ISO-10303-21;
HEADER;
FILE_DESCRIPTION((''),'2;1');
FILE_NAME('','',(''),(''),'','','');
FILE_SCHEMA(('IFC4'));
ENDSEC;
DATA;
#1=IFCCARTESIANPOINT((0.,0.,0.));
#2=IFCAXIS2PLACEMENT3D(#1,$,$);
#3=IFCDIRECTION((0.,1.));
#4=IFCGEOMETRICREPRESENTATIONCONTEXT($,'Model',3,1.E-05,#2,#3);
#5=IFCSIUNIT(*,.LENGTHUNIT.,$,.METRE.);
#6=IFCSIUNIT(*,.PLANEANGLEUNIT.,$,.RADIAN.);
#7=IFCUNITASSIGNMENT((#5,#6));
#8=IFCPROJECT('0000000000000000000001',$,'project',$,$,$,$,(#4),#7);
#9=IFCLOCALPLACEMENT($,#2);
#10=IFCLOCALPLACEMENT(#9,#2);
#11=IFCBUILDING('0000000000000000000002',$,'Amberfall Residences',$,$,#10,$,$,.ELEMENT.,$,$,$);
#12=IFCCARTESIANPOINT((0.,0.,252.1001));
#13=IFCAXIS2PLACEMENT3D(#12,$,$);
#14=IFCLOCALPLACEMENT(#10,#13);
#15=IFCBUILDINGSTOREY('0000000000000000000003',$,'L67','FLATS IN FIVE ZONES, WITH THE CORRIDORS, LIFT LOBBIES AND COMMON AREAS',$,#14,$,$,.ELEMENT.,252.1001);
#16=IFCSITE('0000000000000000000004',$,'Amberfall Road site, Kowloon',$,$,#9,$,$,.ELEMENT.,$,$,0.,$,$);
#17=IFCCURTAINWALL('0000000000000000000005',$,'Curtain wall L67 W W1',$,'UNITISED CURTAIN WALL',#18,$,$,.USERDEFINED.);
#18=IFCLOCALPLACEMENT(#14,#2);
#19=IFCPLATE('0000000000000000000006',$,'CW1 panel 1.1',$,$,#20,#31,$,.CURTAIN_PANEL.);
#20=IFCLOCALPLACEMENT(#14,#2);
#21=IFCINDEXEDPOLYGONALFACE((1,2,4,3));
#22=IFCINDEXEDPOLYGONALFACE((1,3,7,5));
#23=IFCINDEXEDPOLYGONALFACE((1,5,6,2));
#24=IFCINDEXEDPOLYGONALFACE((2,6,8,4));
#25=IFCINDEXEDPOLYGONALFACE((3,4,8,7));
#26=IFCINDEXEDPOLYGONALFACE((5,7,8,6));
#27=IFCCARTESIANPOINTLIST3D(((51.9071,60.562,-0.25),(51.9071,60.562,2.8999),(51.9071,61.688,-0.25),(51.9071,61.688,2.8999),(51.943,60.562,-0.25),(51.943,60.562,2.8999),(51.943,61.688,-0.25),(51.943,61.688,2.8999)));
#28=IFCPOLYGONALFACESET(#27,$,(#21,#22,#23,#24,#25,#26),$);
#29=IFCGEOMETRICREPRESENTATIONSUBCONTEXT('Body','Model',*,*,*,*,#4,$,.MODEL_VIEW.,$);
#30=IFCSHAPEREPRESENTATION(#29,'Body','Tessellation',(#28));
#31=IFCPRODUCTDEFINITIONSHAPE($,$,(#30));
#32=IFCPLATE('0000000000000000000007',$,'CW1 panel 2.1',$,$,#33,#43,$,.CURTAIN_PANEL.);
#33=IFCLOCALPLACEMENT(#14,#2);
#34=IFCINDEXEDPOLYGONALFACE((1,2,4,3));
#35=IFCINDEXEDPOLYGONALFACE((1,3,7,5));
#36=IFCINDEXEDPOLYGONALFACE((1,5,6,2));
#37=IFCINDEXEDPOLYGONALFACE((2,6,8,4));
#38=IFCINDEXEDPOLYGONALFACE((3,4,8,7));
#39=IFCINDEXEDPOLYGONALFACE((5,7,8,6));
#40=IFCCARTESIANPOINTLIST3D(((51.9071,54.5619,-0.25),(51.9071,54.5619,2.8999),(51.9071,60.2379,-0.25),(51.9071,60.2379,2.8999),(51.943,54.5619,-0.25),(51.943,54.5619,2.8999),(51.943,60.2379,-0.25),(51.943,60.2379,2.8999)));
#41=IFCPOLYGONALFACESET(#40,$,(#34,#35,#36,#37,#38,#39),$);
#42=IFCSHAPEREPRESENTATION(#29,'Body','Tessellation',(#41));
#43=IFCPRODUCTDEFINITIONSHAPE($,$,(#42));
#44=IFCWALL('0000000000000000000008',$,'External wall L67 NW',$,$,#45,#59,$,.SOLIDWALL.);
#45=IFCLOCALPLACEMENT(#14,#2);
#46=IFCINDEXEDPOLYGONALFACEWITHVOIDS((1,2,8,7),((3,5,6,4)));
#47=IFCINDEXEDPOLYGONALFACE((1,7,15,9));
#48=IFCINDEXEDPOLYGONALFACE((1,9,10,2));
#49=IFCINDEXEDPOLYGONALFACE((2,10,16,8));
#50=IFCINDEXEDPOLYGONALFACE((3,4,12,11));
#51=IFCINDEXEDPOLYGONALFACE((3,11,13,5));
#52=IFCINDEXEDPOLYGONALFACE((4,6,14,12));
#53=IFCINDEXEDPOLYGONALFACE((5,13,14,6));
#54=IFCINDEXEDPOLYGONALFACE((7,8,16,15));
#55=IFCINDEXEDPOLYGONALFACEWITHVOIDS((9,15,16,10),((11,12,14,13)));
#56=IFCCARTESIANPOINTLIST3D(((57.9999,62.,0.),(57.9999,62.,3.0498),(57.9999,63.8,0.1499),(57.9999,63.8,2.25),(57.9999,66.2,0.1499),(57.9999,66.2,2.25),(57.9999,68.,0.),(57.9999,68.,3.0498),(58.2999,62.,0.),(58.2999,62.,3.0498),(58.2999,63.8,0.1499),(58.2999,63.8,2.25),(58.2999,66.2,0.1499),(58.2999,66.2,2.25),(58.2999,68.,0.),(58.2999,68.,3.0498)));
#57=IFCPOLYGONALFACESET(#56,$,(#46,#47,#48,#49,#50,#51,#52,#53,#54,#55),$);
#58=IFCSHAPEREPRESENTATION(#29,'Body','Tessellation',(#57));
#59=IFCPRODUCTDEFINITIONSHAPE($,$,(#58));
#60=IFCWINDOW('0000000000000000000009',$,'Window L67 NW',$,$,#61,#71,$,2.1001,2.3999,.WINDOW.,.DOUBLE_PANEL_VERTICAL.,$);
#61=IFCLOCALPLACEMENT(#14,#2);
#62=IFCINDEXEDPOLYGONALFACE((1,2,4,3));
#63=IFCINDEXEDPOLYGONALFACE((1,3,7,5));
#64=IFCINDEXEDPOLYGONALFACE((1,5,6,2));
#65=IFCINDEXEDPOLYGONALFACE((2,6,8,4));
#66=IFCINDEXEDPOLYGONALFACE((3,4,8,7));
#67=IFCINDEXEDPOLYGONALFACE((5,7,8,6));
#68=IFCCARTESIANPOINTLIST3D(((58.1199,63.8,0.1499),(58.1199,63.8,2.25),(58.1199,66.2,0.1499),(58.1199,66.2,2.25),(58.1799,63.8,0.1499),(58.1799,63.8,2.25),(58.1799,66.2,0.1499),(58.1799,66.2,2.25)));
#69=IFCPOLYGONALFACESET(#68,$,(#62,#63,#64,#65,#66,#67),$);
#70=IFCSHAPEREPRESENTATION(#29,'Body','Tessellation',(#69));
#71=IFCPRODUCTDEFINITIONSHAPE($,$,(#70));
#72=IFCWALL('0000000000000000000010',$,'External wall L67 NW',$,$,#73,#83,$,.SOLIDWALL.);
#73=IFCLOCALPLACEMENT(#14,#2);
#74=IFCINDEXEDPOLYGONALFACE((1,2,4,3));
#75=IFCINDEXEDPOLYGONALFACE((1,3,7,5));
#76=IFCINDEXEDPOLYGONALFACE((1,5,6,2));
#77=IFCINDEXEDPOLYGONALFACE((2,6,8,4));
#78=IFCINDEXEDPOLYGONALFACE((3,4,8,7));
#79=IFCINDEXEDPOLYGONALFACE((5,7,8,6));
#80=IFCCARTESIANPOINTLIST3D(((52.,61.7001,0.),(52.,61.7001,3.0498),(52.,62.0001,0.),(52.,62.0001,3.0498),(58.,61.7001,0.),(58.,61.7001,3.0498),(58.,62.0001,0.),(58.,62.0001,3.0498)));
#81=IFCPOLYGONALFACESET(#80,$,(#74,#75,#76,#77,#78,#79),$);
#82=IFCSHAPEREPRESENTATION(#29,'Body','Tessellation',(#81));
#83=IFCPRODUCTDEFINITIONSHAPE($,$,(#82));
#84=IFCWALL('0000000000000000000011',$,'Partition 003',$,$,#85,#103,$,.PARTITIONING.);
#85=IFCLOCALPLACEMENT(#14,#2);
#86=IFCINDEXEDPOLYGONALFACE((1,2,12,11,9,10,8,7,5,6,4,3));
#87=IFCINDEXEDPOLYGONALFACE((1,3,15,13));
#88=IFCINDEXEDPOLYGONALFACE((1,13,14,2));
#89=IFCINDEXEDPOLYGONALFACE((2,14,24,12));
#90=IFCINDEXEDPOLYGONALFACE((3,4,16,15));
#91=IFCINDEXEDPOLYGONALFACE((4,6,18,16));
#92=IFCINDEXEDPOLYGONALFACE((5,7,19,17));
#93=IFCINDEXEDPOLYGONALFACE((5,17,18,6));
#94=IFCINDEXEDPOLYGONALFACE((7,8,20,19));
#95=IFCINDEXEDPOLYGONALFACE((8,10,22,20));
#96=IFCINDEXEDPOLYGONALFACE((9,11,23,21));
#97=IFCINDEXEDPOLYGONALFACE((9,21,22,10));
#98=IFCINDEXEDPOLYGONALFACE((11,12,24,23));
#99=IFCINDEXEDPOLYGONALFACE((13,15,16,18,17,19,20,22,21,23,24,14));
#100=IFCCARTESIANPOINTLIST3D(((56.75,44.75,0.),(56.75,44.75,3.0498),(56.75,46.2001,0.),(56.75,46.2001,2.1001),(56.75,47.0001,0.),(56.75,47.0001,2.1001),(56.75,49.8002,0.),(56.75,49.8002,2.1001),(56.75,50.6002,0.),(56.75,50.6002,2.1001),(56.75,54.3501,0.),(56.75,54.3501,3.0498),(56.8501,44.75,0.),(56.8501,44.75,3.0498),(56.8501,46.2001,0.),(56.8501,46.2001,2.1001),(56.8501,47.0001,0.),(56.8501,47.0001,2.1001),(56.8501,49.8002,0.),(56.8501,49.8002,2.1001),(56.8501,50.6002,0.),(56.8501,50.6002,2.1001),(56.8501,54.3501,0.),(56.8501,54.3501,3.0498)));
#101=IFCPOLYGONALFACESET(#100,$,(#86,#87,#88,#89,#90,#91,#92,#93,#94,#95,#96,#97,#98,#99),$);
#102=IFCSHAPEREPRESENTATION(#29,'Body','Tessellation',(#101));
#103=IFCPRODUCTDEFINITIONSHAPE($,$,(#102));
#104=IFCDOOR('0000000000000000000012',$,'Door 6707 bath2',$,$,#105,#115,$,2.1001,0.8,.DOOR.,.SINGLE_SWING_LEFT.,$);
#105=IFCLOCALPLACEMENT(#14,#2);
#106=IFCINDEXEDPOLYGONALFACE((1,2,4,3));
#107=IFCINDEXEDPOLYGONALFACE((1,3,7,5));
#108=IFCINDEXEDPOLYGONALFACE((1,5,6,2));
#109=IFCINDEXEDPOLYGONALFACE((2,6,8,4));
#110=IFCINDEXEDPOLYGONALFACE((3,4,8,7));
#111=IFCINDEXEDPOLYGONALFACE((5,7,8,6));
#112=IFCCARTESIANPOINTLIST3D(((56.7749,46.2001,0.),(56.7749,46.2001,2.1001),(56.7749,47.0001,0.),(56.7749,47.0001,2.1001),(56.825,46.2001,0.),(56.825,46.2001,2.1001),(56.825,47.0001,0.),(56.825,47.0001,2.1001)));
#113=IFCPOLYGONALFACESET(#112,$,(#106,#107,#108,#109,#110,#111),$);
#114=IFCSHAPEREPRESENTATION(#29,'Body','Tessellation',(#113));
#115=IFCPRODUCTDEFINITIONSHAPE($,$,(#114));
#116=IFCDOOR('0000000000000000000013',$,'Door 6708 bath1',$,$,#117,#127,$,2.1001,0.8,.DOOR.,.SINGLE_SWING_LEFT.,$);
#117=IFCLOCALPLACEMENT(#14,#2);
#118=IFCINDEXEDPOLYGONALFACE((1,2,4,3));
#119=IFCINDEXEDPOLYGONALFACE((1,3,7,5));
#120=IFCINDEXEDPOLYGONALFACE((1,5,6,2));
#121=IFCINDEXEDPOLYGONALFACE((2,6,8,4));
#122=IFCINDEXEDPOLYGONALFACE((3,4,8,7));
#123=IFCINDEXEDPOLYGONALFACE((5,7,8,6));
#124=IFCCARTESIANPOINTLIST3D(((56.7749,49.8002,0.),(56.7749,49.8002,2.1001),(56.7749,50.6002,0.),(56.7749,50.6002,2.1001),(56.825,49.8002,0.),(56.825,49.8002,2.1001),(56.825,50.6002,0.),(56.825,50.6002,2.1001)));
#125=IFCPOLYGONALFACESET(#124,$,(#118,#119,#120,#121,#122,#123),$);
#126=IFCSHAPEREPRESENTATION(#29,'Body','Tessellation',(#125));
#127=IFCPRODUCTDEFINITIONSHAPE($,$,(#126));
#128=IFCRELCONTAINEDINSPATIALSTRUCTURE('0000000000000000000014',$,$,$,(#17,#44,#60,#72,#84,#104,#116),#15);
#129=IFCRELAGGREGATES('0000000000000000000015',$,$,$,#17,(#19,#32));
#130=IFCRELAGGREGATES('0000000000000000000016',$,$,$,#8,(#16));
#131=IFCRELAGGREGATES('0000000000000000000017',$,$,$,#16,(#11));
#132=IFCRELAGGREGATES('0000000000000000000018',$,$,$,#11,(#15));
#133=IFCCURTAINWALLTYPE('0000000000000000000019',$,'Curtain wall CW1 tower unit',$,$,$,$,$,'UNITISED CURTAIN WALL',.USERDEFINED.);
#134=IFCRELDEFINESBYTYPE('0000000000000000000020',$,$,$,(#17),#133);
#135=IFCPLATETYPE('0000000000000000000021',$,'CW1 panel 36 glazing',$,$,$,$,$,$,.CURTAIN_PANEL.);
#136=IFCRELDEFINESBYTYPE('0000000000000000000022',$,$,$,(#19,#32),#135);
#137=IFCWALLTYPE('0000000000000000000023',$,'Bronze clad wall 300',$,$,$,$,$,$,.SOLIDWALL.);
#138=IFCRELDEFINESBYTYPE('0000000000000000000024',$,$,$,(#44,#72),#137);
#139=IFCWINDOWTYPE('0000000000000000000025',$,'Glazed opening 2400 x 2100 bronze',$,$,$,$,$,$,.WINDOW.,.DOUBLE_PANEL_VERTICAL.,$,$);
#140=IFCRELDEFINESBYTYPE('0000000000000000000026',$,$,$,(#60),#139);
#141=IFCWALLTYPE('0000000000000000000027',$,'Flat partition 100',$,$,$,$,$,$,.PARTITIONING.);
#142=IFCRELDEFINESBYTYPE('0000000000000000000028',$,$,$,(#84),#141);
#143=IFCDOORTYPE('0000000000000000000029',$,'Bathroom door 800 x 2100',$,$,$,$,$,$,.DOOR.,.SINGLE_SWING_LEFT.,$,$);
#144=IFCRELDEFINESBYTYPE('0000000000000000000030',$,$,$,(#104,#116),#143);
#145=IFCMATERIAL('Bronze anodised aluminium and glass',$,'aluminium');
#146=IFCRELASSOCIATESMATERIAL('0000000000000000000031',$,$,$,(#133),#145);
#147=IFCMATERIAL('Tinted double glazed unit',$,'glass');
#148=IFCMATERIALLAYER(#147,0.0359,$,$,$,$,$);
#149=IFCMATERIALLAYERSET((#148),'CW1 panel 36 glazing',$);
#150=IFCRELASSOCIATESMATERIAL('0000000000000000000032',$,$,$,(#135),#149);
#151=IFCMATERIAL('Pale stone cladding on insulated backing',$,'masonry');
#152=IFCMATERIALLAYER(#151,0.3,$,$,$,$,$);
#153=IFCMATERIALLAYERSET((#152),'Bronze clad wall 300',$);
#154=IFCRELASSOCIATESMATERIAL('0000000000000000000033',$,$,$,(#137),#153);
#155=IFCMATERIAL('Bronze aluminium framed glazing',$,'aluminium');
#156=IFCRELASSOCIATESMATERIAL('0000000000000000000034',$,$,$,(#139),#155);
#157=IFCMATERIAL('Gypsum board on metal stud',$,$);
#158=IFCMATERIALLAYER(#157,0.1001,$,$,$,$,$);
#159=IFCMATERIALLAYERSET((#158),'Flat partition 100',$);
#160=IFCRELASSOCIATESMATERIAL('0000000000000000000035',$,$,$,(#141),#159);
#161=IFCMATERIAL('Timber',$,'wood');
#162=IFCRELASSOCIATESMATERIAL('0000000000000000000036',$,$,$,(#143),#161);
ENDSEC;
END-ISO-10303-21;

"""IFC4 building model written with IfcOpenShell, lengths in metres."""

from ifc_helpers import new_model, si_unit, direction, frame, frame_2d, origin, origin_2d, place, context, subcontext, project, spatial, rectangle, extrude, material, layer, layer_set, type_object, element, fill, aggregate, save


model = new_model("IFC4")

# Units and contexts
model_context = context("Model", 3, precision=1e-05, world=origin(), true_north=direction((0.0, 1.0)))
body_context = subcontext(model_context, "Body", "Model", "MODEL_VIEW")
ifc_project = project(units=[si_unit("LENGTHUNIT", "METRE"), si_unit("PLANEANGLEUNIT", "RADIAN")], contexts=[model_context])

# Site, building, storey
site_placement = place(None, origin())
site = spatial("IfcSite", under=ifc_project, at=site_placement, Name="Amberfall Road site, Kowloon", CompositionType="ELEMENT", RefElevation=0.0)
building_placement = place(site_placement, origin())
building = spatial("IfcBuilding", under=site, at=building_placement, Name="Amberfall Residences", CompositionType="ELEMENT")
storey_placement = place(building_placement, frame((0.0, 0.0, 252.1001)))
storey = spatial("IfcBuildingStorey", under=building, at=storey_placement, Name="L67", Description="FLATS IN FIVE ZONES, WITH THE CORRIDORS, LIFT LOBBIES AND COMMON AREAS", CompositionType="ELEMENT", Elevation=252.1001)

# Curtain wall
ifc_material_1 = material(Name="Bronze anodised aluminium and glass", Category="aluminium")
curtain_wall_type = type_object("IfcCurtainWallType", Name="Curtain wall CW1 tower unit", ElementType="UNITISED CURTAIN WALL", PredefinedType="USERDEFINED", material=ifc_material_1)
curtain_wall_1_placement = place(storey_placement, origin())
curtain_wall_1 = element("IfcCurtainWall", 1, at=curtain_wall_1_placement, inside=storey, type_object=curtain_wall_type, Name="Curtain wall L67 W W1", ObjectType="UNITISED CURTAIN WALL", PredefinedType="USERDEFINED")

# Plates
ifc_material_2 = material(Name="Tinted double glazed unit", Category="glass")
ifc_layer_1 = layer(ifc_material_2, 0.0359)
ifc_layer_set_1 = layer_set([ifc_layer_1], Name="CW1 panel 36 glazing")
plate_type = type_object("IfcPlateType", Name="CW1 panel 36 glazing", PredefinedType="CURTAIN_PANEL", material=ifc_layer_set_1)
plate_1_placement = place(storey_placement, frame((51.925, 61.125, -0.25), z_axis=(0.0, 0.0, 1.0), x_axis=(0.0, -1.0, 0.0)))
plate_1 = element("IfcPlate", 2, at=plate_1_placement, type_object=plate_type, Name="CW1 panel 1.1", PredefinedType="CURTAIN_PANEL", context=body_context, shape_type="SweptSolid", body=[
    extrude(rectangle(XDim=1.126, YDim=0.0359, at=origin_2d()), origin(), (0.0, 0.0, 1.0), 3.1499),
])
plate_2_placement = place(storey_placement, frame((51.925, 57.3999, -0.25), z_axis=(0.0, 0.0, 1.0), x_axis=(0.0, -1.0, 0.0)))
plate_2 = element("IfcPlate", 3, at=plate_2_placement, type_object=plate_type, Name="CW1 panel 2.1", PredefinedType="CURTAIN_PANEL", context=body_context, shape_type="SweptSolid", body=[
    extrude(rectangle(XDim=5.676, YDim=0.0359, at=origin_2d()), origin(), (0.0, 0.0, 1.0), 3.1499),
])
aggregate(curtain_wall_1, [plate_1, plate_2])

# Wall, opening, window
ifc_material_3 = material(Name="Pale stone cladding on insulated backing", Category="masonry")
ifc_layer_2 = layer(ifc_material_3, 0.3)
ifc_layer_set_2 = layer_set([ifc_layer_2], Name="Bronze clad wall 300")
wall_type_1 = type_object("IfcWallType", Name="Bronze clad wall 300", PredefinedType="SOLIDWALL", material=ifc_layer_set_2)
wall_1_placement = place(storey_placement, frame((58.1499, 68.0, 0.0), z_axis=(0.0, 0.0, 1.0), x_axis=(0.0, -1.0, 0.0)))
wall_1 = element("IfcWall", 4, at=wall_1_placement, inside=storey, type_object=wall_type_1, Name="External wall L67 NW", PredefinedType="SOLIDWALL", context=body_context, shape_type="SweptSolid", body=[
    extrude(rectangle(XDim=6.0, YDim=0.3, at=frame_2d((3.0, 0.0))), origin(), (0.0, 0.0, 1.0), 3.0498),
])
opening_1_placement = place(wall_1_placement, frame((1.8, 0.0, 0.1499)))
opening_1 = element("IfcOpeningElement", 5, at=opening_1_placement, cuts=wall_1, PredefinedType="OPENING", context=body_context, shape_type="SweptSolid", body=[
    extrude(rectangle(XDim=2.3999, YDim=2.1001, at=frame_2d((1.2, 1.05))), frame((0.0, 0.1599, 0.0), z_axis=(0.0, -1.0, 0.0), x_axis=(1.0, 0.0, 0.0)), (0.0, 0.0, 1.0), 0.3201),
])
ifc_material_4 = material(Name="Bronze aluminium framed glazing", Category="aluminium")
window_type = type_object("IfcWindowType", Name="Glazed opening 2400 x 2100 bronze", PartitioningType="DOUBLE_PANEL_VERTICAL", PredefinedType="WINDOW", material=ifc_material_4)
window_placement = place(opening_1_placement, origin())
window = element("IfcWindow", 6, at=window_placement, inside=storey, type_object=window_type, Name="Window L67 NW", OverallHeight=2.1001, OverallWidth=2.3999, PartitioningType="DOUBLE_PANEL_VERTICAL", PredefinedType="WINDOW", context=body_context, shape_type="SweptSolid", body=[
    extrude(rectangle(XDim=2.3999, YDim=2.1001, at=frame_2d((1.2, 1.05))), frame((0.0, 0.03, 0.0), z_axis=(0.0, -1.0, 0.0), x_axis=(1.0, 0.0, 0.0)), (0.0, 0.0, 1.0), 0.0601),
])
fill(opening_1, window)

# Wall
wall_2_placement = place(storey_placement, frame((58.0, 61.8501, 0.0), z_axis=(0.0, 0.0, 1.0), x_axis=(-1.0, 0.0, 0.0)))
element("IfcWall", 7, at=wall_2_placement, inside=storey, type_object=wall_type_1, Name="External wall L67 NW", PredefinedType="SOLIDWALL", context=body_context, shape_type="SweptSolid", body=[
    extrude(rectangle(XDim=6.0, YDim=0.3, at=frame_2d((3.0, 0.0))), origin(), (0.0, 0.0, 1.0), 3.0498),
])

# Wall, openings, doors
ifc_material_5 = material(Name="Gypsum board on metal stud")
ifc_layer_3 = layer(ifc_material_5, 0.1001)
ifc_layer_set_3 = layer_set([ifc_layer_3], Name="Flat partition 100")
wall_type_2 = type_object("IfcWallType", Name="Flat partition 100", PredefinedType="PARTITIONING", material=ifc_layer_set_3)
wall_3_placement = place(storey_placement, frame((56.8, 54.3501, 0.0), z_axis=(0.0, 0.0, 1.0), x_axis=(0.0, -1.0, 0.0)))
wall_3 = element("IfcWall", 8, at=wall_3_placement, inside=storey, type_object=wall_type_2, Name="Partition 003", PredefinedType="PARTITIONING", context=body_context, shape_type="SweptSolid", body=[
    extrude(rectangle(XDim=9.6001, YDim=0.1001, at=frame_2d((4.8, 0.0))), origin(), (0.0, 0.0, 1.0), 3.0498),
])
opening_2_placement = place(wall_3_placement, frame((7.3501, 0.0, 0.0)))
opening_2 = element("IfcOpeningElement", 9, at=opening_2_placement, cuts=wall_3, PredefinedType="OPENING", context=body_context, shape_type="SweptSolid", body=[
    extrude(rectangle(XDim=0.8, YDim=2.1001, at=frame_2d((0.3999, 1.05))), frame((0.0, 0.0601, 0.0), z_axis=(0.0, -1.0, 0.0), x_axis=(1.0, 0.0, 0.0)), (0.0, 0.0, 1.0), 0.1201),
])
opening_3_placement = place(wall_3_placement, frame((3.75, 0.0, 0.0)))
opening_3 = element("IfcOpeningElement", 10, at=opening_3_placement, cuts=wall_3, PredefinedType="OPENING", context=body_context, shape_type="SweptSolid", body=[
    extrude(rectangle(XDim=0.8, YDim=2.1001, at=frame_2d((0.3999, 1.05))), frame((0.0, 0.0601, 0.0), z_axis=(0.0, -1.0, 0.0), x_axis=(1.0, 0.0, 0.0)), (0.0, 0.0, 1.0), 0.1201),
])
ifc_material_6 = material(Name="Timber", Category="wood")
door_type = type_object("IfcDoorType", Name="Bathroom door 800 x 2100", OperationType="SINGLE_SWING_LEFT", PredefinedType="DOOR", material=ifc_material_6)
door_1_placement = place(opening_2_placement, origin())
door_1 = element("IfcDoor", 11, at=door_1_placement, inside=storey, type_object=door_type, Name="Door 6707 bath2", OperationType="SINGLE_SWING_LEFT", OverallHeight=2.1001, OverallWidth=0.8, PredefinedType="DOOR", context=body_context, shape_type="SweptSolid", body=[
    extrude(rectangle(XDim=0.8, YDim=2.1001, at=frame_2d((0.3999, 1.05))), frame((0.0, 0.0249, 0.0), z_axis=(0.0, -1.0, 0.0), x_axis=(1.0, 0.0, 0.0)), (0.0, 0.0, 1.0), 0.05),
])
fill(opening_2, door_1)
door_2_placement = place(opening_3_placement, origin())
door_2 = element("IfcDoor", 12, at=door_2_placement, inside=storey, type_object=door_type, Name="Door 6708 bath1", OperationType="SINGLE_SWING_LEFT", OverallHeight=2.1001, OverallWidth=0.8, PredefinedType="DOOR", context=body_context, shape_type="SweptSolid", body=[
    extrude(rectangle(XDim=0.8, YDim=2.1001, at=frame_2d((0.3999, 1.05))), frame((0.0, 0.0249, 0.0), z_axis=(0.0, -1.0, 0.0), x_axis=(1.0, 0.0, 0.0)), (0.0, 0.0, 1.0), 0.05),
])
fill(opening_3, door_2)

save(model, "model.ifc")
